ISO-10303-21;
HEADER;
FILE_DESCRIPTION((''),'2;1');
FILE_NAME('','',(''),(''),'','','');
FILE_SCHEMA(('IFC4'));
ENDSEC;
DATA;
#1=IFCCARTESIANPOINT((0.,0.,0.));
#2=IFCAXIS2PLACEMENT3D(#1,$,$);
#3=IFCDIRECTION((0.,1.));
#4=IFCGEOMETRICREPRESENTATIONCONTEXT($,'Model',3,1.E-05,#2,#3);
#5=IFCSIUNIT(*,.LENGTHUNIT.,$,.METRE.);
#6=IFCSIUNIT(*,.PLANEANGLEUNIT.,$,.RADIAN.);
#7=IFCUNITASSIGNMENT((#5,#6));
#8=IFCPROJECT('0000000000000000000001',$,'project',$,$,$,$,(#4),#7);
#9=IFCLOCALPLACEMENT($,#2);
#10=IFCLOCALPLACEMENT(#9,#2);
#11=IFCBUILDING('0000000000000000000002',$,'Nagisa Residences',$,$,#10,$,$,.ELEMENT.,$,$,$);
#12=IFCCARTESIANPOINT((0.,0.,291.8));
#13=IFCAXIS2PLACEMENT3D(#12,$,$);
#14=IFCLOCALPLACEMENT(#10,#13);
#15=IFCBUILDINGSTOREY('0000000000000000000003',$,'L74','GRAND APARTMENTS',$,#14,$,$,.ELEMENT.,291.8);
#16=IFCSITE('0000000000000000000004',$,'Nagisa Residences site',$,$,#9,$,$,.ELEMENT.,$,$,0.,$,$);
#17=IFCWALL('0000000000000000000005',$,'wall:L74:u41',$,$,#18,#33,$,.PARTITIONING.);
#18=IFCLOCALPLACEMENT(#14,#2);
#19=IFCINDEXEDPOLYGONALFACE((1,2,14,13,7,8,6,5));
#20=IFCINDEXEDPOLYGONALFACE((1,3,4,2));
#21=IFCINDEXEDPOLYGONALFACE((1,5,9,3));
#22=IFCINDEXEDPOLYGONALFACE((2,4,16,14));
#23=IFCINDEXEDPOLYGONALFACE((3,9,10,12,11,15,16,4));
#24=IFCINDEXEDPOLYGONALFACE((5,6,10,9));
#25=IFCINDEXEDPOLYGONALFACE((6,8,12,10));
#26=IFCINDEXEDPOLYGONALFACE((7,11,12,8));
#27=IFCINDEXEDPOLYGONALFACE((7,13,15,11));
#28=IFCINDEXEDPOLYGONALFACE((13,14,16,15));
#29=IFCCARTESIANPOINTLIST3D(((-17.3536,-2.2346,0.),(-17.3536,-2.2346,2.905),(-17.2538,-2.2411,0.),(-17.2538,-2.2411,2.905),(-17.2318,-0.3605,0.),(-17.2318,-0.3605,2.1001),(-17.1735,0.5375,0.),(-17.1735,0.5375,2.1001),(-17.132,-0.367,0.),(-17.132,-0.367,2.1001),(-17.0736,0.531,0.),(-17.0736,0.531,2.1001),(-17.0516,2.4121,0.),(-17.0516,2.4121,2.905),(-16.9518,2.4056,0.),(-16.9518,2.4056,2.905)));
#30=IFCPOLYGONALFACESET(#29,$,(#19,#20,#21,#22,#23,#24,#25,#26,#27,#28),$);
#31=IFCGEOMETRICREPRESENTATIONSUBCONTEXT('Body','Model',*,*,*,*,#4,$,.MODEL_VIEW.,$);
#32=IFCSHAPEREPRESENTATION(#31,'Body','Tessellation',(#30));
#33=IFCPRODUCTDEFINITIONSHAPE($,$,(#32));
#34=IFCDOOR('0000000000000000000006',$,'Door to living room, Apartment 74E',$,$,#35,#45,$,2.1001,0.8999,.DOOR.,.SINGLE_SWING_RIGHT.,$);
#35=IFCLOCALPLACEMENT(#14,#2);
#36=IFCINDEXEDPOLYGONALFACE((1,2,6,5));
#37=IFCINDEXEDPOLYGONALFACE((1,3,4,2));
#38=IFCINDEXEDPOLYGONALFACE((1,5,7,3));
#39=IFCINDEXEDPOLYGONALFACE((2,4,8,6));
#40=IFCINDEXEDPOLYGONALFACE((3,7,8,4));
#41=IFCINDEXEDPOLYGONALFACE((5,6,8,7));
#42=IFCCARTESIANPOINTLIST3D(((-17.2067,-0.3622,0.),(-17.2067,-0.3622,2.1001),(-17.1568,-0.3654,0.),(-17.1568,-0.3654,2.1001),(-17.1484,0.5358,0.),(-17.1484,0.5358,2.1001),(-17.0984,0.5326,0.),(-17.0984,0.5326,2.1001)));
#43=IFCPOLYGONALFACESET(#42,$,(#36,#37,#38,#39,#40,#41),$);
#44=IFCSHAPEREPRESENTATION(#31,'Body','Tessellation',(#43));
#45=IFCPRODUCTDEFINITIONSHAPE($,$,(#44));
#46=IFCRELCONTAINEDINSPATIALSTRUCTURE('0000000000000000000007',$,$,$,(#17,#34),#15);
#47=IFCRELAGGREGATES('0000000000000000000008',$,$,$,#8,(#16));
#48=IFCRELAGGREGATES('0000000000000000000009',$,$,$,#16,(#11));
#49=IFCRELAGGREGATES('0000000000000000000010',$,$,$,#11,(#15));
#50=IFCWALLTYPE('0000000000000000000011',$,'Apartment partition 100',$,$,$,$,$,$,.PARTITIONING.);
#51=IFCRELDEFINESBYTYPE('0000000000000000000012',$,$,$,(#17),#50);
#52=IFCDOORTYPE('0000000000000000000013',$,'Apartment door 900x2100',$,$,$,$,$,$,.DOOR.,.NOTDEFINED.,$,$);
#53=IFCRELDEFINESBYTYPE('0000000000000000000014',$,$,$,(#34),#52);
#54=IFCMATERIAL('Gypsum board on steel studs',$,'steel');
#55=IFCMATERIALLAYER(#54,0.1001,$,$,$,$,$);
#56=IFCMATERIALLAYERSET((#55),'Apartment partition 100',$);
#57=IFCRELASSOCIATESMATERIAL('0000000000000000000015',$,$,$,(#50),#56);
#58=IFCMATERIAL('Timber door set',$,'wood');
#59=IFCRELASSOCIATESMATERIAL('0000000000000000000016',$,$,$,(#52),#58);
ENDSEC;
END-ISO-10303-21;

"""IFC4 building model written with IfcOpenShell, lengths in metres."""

from ifc_helpers import new_model, si_unit, direction, frame, frame_2d, origin, place, context, subcontext, project, spatial, rectangle, extrude, material, layer, layer_set, type_object, element, fill, save


model = new_model("IFC4")

# Units and contexts
model_context = context("Model", 3, precision=1e-05, world=origin(), true_north=direction((0.0, 1.0)))
body_context = subcontext(model_context, "Body", "Model", "MODEL_VIEW")
ifc_project = project(units=[si_unit("LENGTHUNIT", "METRE"), si_unit("PLANEANGLEUNIT", "RADIAN")], contexts=[model_context])

# Site, building, storey
site_placement = place(None, origin())
site = spatial("IfcSite", under=ifc_project, at=site_placement, Name="Nagisa Residences site", CompositionType="ELEMENT", RefElevation=0.0)
building_placement = place(site_placement, origin())
building = spatial("IfcBuilding", under=site, at=building_placement, Name="Nagisa Residences", CompositionType="ELEMENT")
storey_placement = place(building_placement, frame((0.0, 0.0, 291.8)))
storey = spatial("IfcBuildingStorey", under=building, at=storey_placement, Name="L74", Description="GRAND APARTMENTS", CompositionType="ELEMENT", Elevation=291.8)

# Wall, opening, door
ifc_material_1 = material(Name="Gypsum board on steel studs", Category="steel")
ifc_layer_1 = layer(ifc_material_1, 0.1001)
ifc_layer_set_1 = layer_set([ifc_layer_1], Name="Apartment partition 100")
wall_type_1 = type_object("IfcWallType", Name="Apartment partition 100", PredefinedType="PARTITIONING", material=ifc_layer_set_1)
ifc_material_2 = material(Name="Timber door set", Category="wood")
door_type_1 = type_object("IfcDoorType", Name="Apartment door 900x2100", OperationType="NOTDEFINED", PredefinedType="DOOR", material=ifc_material_2)
wall_1_placement = place(storey_placement, frame((-17.0017, 2.4087, 0.0), z_axis=(0.0, 0.0, 1.0), x_axis=(-0.064856, -0.997895, 0.0)))
wall_1 = element("IfcWall", 1, at=wall_1_placement, inside=storey, type_object=wall_type_1, Name="wall:L74:u41", PredefinedType="PARTITIONING", context=body_context, shape_type="SweptSolid", body=[
    extrude(rectangle(XDim=4.6565, YDim=0.1001, at=frame_2d((2.3281, 0.0))), origin(), (0.0, 0.0, 1.0), 2.905),
])
opening_1_placement = place(wall_1_placement, frame((1.8784, 0.0, 0.0)))
opening_1 = element("IfcOpeningElement", 2, at=opening_1_placement, cuts=wall_1, PredefinedType="OPENING", context=body_context, shape_type="SweptSolid", body=[
    extrude(rectangle(XDim=0.8999, YDim=2.1001, at=frame_2d((0.45, 1.05))), frame((0.0, 0.0601, 0.0), z_axis=(0.0, -1.0, 0.0), x_axis=(1.0, 0.0, 0.0)), (0.0, 0.0, 1.0), 0.1201),
])
door_1_placement = place(opening_1_placement, frame((0.8999, 0.0, 0.0), x_axis=(-1.0, 0.0, 0.0)))
door_1 = element("IfcDoor", 3, at=door_1_placement, inside=storey, type_object=door_type_1, Name="Door to living room, Apartment 74E", OperationType="SINGLE_SWING_RIGHT", OverallHeight=2.1001, OverallWidth=0.8999, PredefinedType="DOOR", context=body_context, shape_type="SweptSolid", body=[
    extrude(rectangle(XDim=0.8999, YDim=2.1001, at=frame_2d((0.45, 1.05))), frame((0.0, 0.0249, 0.0), z_axis=(0.0, -1.0, 0.0), x_axis=(1.0, 0.0, 0.0)), (0.0, 0.0, 1.0), 0.05),
])
fill(opening_1, door_1)

save(model, "model.ifc")
